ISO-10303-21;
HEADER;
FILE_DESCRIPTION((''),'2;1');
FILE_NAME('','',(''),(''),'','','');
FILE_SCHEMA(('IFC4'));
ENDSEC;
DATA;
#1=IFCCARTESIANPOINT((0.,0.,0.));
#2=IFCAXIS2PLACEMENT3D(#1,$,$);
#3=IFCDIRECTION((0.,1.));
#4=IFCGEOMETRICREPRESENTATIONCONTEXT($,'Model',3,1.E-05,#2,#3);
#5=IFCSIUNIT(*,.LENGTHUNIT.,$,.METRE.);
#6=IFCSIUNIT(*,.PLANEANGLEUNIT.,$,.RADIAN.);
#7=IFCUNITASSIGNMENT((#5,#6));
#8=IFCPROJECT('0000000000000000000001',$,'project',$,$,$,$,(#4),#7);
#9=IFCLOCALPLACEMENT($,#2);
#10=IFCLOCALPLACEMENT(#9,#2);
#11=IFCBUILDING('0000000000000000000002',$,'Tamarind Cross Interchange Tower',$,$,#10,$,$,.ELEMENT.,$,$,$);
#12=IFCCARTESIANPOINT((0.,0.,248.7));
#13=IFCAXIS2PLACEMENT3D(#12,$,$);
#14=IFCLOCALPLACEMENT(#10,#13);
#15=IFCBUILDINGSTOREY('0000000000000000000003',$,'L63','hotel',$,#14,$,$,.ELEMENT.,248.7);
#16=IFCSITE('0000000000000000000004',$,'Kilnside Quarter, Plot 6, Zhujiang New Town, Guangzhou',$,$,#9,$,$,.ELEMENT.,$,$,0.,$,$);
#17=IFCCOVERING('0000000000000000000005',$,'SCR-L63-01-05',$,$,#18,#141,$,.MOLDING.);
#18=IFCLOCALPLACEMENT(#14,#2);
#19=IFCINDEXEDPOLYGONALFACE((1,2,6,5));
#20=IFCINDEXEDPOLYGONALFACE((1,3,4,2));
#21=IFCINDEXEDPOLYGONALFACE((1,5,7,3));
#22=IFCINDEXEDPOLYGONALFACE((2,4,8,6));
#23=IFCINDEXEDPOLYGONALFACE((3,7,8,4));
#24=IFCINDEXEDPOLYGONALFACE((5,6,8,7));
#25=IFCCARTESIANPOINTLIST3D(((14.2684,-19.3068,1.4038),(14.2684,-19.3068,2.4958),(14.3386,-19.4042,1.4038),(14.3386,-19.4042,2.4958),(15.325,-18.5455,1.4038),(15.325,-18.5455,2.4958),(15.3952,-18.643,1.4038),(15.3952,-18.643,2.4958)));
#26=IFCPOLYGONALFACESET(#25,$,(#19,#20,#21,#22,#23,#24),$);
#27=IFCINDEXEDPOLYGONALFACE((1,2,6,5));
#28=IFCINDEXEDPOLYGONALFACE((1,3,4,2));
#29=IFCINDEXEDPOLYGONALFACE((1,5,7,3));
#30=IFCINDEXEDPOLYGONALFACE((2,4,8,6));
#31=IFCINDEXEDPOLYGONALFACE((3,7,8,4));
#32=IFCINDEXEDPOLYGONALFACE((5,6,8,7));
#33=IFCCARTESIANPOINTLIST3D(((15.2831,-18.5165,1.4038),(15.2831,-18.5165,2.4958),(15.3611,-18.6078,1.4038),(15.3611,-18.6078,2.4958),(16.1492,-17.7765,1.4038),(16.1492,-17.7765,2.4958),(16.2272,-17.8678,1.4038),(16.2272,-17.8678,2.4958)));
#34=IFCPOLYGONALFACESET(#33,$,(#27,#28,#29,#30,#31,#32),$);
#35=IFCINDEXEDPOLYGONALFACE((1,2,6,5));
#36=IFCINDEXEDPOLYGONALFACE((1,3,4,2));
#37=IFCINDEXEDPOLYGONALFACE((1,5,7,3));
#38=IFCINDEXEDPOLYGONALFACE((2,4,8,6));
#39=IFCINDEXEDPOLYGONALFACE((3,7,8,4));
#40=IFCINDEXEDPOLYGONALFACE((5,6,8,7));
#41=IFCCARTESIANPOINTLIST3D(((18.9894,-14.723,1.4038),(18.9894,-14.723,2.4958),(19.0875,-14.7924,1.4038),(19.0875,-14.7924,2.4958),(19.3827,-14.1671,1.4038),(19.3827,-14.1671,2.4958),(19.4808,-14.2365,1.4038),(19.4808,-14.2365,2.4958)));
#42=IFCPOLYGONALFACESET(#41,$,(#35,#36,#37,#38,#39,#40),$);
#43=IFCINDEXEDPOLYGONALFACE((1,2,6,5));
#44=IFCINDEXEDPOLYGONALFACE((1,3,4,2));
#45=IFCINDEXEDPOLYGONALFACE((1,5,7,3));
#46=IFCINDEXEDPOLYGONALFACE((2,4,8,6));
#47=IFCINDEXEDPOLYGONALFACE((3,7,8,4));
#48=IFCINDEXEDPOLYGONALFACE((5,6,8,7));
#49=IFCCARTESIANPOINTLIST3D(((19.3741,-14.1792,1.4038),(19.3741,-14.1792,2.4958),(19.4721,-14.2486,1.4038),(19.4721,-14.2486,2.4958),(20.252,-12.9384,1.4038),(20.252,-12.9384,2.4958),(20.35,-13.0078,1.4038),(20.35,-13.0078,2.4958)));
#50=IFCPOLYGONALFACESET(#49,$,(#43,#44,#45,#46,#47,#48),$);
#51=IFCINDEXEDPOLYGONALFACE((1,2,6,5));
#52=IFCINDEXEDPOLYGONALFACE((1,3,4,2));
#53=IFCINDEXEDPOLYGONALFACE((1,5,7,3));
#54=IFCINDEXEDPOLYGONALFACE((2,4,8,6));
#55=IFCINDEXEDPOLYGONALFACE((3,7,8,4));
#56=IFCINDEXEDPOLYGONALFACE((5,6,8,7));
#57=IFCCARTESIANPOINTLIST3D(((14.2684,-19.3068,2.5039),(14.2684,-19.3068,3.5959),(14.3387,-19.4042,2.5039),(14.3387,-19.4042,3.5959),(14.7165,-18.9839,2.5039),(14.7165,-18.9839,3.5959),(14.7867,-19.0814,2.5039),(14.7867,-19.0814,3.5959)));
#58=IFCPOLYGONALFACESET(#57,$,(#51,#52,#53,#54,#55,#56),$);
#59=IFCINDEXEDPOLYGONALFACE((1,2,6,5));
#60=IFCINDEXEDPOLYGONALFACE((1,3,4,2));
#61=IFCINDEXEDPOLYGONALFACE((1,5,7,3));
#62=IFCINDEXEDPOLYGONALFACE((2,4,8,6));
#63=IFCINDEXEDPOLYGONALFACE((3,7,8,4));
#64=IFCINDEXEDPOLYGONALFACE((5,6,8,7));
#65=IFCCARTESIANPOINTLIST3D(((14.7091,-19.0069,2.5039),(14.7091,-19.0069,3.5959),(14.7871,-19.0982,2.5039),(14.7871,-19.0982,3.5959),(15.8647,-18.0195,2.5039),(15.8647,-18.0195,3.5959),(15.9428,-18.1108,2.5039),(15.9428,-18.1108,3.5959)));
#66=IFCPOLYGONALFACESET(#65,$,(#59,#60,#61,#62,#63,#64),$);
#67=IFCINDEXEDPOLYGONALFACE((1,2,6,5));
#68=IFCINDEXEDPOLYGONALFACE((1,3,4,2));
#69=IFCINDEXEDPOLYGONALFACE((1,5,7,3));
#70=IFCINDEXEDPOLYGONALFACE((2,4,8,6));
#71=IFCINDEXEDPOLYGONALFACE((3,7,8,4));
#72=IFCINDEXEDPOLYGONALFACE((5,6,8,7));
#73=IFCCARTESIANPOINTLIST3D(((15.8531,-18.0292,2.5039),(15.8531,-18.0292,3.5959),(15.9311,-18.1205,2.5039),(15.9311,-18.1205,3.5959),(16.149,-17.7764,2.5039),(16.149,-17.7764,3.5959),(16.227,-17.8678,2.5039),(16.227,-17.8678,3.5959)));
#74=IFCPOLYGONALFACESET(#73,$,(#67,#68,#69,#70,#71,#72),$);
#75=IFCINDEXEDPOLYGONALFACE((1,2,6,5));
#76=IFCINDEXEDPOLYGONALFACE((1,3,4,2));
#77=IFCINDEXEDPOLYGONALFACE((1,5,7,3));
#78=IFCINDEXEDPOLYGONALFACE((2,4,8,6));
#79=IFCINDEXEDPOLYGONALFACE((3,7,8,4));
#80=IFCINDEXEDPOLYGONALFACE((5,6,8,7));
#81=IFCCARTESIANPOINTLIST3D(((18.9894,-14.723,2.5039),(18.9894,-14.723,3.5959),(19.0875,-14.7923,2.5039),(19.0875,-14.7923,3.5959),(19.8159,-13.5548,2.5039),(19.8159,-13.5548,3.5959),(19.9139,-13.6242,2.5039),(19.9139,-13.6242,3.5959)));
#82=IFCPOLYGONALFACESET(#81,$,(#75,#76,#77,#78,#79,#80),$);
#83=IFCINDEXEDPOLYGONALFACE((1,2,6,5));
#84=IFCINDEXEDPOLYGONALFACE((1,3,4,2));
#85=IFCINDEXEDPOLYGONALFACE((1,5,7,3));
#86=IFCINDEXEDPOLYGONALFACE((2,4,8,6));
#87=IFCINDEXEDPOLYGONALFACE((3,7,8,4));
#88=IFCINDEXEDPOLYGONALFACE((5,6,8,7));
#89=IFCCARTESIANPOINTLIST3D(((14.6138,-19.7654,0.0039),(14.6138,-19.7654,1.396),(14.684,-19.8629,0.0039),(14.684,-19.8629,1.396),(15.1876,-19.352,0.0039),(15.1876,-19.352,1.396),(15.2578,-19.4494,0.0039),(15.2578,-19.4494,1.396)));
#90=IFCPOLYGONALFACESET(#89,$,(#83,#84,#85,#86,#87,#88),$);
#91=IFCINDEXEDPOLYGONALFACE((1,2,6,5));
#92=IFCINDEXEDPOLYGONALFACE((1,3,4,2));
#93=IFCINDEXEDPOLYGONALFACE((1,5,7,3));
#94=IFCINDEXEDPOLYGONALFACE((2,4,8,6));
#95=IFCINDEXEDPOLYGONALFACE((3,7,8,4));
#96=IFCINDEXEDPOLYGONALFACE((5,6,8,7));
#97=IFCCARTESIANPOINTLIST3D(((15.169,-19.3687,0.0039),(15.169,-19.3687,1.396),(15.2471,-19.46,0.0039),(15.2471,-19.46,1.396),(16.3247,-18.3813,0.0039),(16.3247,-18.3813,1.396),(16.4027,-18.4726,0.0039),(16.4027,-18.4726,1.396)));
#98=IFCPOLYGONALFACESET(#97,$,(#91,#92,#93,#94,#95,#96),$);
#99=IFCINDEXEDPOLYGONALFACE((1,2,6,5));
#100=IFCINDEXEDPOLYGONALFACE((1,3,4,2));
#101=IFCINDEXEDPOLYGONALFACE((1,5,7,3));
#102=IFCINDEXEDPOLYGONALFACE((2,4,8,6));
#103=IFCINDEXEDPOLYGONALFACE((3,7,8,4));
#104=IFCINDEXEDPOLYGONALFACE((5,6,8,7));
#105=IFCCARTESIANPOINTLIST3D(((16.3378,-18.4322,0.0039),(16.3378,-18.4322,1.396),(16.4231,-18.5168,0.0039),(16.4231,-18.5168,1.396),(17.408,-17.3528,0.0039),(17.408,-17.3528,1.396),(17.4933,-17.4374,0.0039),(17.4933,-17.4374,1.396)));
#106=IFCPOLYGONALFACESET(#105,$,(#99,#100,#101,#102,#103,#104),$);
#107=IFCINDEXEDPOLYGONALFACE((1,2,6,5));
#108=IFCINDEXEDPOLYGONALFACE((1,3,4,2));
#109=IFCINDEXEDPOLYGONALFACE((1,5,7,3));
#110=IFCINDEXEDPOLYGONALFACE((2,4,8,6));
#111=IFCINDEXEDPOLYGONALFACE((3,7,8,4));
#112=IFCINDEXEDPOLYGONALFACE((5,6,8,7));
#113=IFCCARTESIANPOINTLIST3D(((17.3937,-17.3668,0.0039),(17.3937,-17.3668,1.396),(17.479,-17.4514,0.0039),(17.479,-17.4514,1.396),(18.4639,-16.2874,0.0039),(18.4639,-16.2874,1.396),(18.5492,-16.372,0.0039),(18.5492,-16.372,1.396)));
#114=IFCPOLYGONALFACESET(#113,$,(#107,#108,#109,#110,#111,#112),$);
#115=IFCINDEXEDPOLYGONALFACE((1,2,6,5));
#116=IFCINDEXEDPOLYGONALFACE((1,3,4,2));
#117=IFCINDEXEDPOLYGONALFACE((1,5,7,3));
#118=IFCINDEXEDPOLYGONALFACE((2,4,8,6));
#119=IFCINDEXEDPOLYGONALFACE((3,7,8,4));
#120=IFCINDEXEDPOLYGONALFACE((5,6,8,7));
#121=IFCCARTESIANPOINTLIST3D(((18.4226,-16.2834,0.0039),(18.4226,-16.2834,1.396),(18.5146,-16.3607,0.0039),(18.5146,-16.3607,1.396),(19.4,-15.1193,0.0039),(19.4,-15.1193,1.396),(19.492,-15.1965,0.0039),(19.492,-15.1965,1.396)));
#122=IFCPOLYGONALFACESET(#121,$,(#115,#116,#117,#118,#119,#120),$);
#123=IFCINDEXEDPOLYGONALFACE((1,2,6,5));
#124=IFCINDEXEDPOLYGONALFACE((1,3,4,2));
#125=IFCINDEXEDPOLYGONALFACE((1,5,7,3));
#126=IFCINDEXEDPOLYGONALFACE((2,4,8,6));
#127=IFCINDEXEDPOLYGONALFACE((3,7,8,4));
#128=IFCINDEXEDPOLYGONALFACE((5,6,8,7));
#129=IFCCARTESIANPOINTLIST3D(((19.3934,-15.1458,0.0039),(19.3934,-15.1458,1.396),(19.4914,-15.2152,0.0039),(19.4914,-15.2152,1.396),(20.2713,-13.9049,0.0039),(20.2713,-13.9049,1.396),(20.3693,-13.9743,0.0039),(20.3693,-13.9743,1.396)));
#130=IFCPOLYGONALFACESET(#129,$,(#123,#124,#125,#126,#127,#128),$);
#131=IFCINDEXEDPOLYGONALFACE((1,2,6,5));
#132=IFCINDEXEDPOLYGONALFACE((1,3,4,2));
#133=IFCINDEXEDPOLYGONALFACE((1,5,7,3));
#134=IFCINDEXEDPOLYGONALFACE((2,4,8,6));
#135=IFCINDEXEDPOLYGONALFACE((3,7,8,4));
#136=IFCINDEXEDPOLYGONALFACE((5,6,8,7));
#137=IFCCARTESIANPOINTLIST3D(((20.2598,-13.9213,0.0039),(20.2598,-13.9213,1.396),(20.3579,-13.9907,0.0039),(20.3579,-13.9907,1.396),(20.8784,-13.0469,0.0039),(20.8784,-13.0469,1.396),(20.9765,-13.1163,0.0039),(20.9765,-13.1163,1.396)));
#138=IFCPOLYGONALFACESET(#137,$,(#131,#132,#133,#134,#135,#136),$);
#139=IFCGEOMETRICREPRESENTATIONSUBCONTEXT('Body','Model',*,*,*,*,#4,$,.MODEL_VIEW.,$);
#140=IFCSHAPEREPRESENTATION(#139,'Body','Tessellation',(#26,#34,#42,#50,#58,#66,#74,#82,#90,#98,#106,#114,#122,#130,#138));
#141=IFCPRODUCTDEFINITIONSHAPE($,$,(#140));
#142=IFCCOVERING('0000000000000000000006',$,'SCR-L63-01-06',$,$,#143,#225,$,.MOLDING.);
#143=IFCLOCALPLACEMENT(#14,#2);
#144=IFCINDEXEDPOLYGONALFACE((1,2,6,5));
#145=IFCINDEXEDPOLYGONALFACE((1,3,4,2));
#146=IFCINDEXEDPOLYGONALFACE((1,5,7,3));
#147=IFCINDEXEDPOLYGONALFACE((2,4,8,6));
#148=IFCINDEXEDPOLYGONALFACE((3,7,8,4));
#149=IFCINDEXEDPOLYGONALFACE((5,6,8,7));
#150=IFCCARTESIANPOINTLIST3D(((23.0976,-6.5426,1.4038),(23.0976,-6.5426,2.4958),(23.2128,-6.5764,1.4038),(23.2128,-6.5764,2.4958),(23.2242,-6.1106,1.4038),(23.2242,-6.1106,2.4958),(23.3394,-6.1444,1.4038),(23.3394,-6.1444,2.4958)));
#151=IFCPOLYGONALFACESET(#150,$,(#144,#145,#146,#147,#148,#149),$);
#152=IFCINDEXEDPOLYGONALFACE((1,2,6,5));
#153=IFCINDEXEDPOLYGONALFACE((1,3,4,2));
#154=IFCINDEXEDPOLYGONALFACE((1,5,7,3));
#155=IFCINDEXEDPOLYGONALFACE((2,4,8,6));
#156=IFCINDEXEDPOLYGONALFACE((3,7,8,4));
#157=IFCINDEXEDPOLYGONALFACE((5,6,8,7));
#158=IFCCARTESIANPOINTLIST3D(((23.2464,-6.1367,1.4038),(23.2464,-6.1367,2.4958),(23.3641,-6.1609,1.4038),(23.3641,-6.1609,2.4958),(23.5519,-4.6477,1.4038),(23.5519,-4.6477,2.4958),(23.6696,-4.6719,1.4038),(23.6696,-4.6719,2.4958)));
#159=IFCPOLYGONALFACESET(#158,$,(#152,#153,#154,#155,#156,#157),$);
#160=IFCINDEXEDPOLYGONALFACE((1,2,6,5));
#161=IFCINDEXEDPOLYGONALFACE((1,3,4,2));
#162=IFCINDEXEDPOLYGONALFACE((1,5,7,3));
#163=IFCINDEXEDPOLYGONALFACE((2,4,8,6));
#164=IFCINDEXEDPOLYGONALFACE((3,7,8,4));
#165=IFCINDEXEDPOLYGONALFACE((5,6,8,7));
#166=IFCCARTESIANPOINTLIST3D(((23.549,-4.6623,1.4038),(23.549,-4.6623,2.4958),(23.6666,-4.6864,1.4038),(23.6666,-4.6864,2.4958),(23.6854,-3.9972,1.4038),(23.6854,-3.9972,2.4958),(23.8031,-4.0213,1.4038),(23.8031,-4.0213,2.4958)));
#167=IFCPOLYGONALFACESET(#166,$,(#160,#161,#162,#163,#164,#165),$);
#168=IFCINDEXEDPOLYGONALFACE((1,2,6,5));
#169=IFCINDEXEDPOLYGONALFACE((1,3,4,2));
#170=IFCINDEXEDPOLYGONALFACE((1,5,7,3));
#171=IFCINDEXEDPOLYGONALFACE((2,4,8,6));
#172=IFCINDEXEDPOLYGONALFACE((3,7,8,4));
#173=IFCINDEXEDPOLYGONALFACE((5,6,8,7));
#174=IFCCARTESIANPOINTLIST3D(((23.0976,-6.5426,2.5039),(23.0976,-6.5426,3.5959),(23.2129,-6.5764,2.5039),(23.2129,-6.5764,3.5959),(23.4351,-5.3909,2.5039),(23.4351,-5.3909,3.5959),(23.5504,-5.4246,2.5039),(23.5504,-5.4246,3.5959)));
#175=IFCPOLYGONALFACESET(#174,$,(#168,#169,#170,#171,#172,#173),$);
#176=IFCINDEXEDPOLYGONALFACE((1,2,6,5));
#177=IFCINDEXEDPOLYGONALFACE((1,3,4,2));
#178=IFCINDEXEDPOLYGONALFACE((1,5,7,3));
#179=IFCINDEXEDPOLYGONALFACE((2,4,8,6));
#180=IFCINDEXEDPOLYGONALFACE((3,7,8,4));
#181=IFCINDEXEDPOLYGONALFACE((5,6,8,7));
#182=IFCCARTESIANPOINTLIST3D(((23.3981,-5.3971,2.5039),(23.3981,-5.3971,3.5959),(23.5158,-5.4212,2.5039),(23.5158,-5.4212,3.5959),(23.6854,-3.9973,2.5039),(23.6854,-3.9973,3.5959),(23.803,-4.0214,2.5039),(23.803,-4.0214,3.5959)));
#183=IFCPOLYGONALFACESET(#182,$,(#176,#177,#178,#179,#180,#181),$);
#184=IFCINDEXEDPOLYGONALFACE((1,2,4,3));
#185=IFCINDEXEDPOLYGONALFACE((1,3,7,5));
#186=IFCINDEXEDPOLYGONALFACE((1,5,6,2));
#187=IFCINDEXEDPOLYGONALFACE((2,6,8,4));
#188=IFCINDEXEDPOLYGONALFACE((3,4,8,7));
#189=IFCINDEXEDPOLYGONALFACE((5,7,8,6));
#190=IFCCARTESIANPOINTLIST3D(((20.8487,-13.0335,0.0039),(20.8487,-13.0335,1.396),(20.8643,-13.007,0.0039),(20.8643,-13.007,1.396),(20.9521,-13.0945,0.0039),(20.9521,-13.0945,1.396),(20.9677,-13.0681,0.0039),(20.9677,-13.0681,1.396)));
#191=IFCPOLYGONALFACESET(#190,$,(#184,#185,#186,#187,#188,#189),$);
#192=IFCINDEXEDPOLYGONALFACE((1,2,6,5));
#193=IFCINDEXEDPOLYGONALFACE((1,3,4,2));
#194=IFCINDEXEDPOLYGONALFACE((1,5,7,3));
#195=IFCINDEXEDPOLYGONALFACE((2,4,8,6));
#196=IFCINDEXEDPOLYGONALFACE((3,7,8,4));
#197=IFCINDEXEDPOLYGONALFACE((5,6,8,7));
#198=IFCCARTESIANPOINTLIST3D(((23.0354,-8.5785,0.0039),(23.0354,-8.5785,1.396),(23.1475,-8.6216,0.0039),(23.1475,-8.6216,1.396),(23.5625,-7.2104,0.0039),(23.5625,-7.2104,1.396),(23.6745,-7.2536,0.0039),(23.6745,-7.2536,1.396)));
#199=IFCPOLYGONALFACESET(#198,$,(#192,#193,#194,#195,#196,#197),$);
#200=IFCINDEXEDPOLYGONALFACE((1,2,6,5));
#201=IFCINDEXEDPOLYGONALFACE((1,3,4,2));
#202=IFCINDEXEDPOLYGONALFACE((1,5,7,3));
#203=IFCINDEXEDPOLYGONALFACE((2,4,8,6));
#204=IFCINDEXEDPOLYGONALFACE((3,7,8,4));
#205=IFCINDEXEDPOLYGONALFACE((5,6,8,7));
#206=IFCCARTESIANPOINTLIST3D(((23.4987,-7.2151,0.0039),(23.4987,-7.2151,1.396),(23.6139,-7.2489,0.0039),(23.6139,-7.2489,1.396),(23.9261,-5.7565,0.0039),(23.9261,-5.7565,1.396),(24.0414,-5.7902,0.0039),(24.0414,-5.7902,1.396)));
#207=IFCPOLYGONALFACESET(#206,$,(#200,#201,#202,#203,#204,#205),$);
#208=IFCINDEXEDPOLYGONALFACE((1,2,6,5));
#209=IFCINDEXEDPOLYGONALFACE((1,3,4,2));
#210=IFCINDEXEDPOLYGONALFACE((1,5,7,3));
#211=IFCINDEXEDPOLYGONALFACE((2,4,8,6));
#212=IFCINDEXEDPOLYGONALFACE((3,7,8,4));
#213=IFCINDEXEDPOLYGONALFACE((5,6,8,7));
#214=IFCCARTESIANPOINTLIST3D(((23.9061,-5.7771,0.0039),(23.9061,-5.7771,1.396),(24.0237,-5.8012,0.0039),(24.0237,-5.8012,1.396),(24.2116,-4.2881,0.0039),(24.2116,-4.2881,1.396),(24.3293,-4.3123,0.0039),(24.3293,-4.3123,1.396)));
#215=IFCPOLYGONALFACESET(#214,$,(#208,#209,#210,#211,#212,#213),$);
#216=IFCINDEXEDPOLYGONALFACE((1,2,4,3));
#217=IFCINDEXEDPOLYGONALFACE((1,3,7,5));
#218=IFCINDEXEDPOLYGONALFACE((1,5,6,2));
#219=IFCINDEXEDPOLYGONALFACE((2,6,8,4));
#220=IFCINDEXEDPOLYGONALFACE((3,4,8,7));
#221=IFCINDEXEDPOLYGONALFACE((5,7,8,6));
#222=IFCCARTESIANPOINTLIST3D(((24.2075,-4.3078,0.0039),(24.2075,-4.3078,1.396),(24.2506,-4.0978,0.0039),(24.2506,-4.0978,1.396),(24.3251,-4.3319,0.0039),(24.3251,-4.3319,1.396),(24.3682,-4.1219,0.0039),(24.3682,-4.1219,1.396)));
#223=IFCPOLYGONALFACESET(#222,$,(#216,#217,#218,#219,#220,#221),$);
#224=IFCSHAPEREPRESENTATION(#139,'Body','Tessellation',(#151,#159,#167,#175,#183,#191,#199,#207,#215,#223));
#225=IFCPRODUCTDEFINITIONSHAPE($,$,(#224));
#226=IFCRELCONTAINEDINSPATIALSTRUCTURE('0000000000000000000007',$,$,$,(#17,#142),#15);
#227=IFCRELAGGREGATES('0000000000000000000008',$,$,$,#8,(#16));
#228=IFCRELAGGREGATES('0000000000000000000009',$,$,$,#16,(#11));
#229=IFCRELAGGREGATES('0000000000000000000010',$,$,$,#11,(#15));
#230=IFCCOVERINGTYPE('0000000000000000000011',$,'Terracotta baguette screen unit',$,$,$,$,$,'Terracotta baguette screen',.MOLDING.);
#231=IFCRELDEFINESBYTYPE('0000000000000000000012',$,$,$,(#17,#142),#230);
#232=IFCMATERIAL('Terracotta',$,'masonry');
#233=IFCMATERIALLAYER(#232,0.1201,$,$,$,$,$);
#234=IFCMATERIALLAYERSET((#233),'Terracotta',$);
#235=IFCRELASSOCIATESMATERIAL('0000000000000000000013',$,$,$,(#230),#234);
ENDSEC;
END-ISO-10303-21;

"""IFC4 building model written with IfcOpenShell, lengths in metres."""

from ifc_helpers import new_model, si_unit, direction, frame, origin, origin_2d, place, context, subcontext, project, spatial, rectangle, extrude, material, layer, layer_set, type_object, element, save


model = new_model("IFC4")

# Units and contexts
model_context = context("Model", 3, precision=1e-05, world=origin(), true_north=direction((0.0, 1.0)))
body_context = subcontext(model_context, "Body", "Model", "MODEL_VIEW")
ifc_project = project(units=[si_unit("LENGTHUNIT", "METRE"), si_unit("PLANEANGLEUNIT", "RADIAN")], contexts=[model_context])

# Site, building, storey
site_placement = place(None, origin())
site = spatial("IfcSite", under=ifc_project, at=site_placement, Name="Kilnside Quarter, Plot 6, Zhujiang New Town, Guangzhou", CompositionType="ELEMENT", RefElevation=0.0)
building_placement = place(site_placement, origin())
building = spatial("IfcBuilding", under=site, at=building_placement, Name="Tamarind Cross Interchange Tower", CompositionType="ELEMENT")
storey_placement = place(building_placement, frame((0.0, 0.0, 248.7)))
storey = spatial("IfcBuildingStorey", under=building, at=storey_placement, Name="L63", Description="hotel", CompositionType="ELEMENT", Elevation=248.7)

# Coverings
ifc_material_1 = material(Name="Terracotta", Category="masonry")
ifc_layer_1 = layer(ifc_material_1, 0.1201)
ifc_layer_set_1 = layer_set([ifc_layer_1], Name="Terracotta")
covering_type = type_object("IfcCoveringType", Name="Terracotta baguette screen unit", ElementType="Terracotta baguette screen", PredefinedType="MOLDING", material=ifc_layer_set_1)
covering_1_placement = place(storey_placement, origin())
element("IfcCovering", 1, at=covering_1_placement, inside=storey, type_object=covering_type, Name="SCR-L63-01-05", PredefinedType="MOLDING", context=body_context, shape_type="SweptSolid", body=[
    extrude(rectangle(XDim=1.3022, YDim=0.1201, at=origin_2d()), frame((14.8318, -18.9749, 1.4038), z_axis=(0.0, 0.0, 1.0), x_axis=(0.81134, 0.584574, 0.0)), (0.0, 0.0, 1.0), 1.092),
    extrude(rectangle(XDim=1.1392, YDim=0.1201, at=origin_2d()), frame((15.7551, -18.1921, 1.4038), z_axis=(0.0, 0.0, 1.0), x_axis=(0.760296, 0.649577, 0.0)), (0.0, 0.0, 1.0), 1.092),
    extrude(rectangle(XDim=0.6809, YDim=0.1201, at=origin_2d()), frame((19.2351, -14.4797, 1.4038), z_axis=(0.0, 0.0, 1.0), x_axis=(0.577569, 0.816342, 0.0)), (0.0, 0.0, 1.0), 1.092),
    extrude(rectangle(XDim=1.52, YDim=0.1201, at=origin_2d()), frame((19.8621, -13.5935, 1.4038), z_axis=(0.0, 0.0, 1.0), x_axis=(0.577569, 0.816342, 0.0)), (0.0, 0.0, 1.0), 1.092),
    extrude(rectangle(XDim=0.5522, YDim=0.1201, at=origin_2d()), frame((14.5276, -19.1941, 2.5039), z_axis=(0.0, 0.0, 1.0), x_axis=(0.81134, 0.584574, 0.0)), (0.0, 0.0, 1.0), 1.092),
    extrude(rectangle(XDim=1.52, YDim=0.1201, at=origin_2d()), frame((15.3259, -18.5588, 2.5039), z_axis=(0.0, 0.0, 1.0), x_axis=(0.760296, 0.649577, 0.0)), (0.0, 0.0, 1.0), 1.092),
    extrude(rectangle(XDim=0.3892, YDim=0.1201, at=origin_2d()), frame((16.04, -17.9485, 2.5039), z_axis=(0.0, 0.0, 1.0), x_axis=(0.760296, 0.649577, 0.0)), (0.0, 0.0, 1.0), 1.092),
    extrude(rectangle(XDim=1.4309, YDim=0.1201, at=origin_2d()), frame((19.4517, -14.1736, 2.5039), z_axis=(0.0, 0.0, 1.0), x_axis=(0.577569, 0.816342, 0.0)), (0.0, 0.0, 1.0), 1.092),
    extrude(rectangle(XDim=0.7073, YDim=0.1201, at=origin_2d()), frame((14.9358, -19.6074, 0.0039), z_axis=(0.0, 0.0, 1.0), x_axis=(0.81134, 0.584574, 0.0)), (0.0, 0.0, 1.0), 1.3921),
    extrude(rectangle(XDim=1.52, YDim=0.1201, at=origin_2d()), frame((15.7859, -18.9207, 0.0039), z_axis=(0.0, 0.0, 1.0), x_axis=(0.760296, 0.649577, 0.0)), (0.0, 0.0, 1.0), 1.3921),
    extrude(rectangle(XDim=1.52, YDim=0.1201, at=origin_2d()), frame((16.9155, -17.9348, 0.0039), z_axis=(0.0, 0.0, 1.0), x_axis=(0.704057, 0.710143, 0.0)), (0.0, 0.0, 1.0), 1.3921),
    extrude(rectangle(XDim=1.52, YDim=0.1201, at=origin_2d()), frame((17.9714, -16.8694, 0.0039), z_axis=(0.0, 0.0, 1.0), x_axis=(0.704057, 0.710143, 0.0)), (0.0, 0.0, 1.0), 1.3921),
    extrude(rectangle(XDim=1.52, YDim=0.1201, at=origin_2d()), frame((18.9573, -15.74, 0.0039), z_axis=(0.0, 0.0, 1.0), x_axis=(0.643009, 0.765858, 0.0)), (0.0, 0.0, 1.0), 1.3921),
    extrude(rectangle(XDim=1.52, YDim=0.1201, at=origin_2d()), frame((19.8813, -14.5601, 0.0039), z_axis=(0.0, 0.0, 1.0), x_axis=(0.577569, 0.816342, 0.0)), (0.0, 0.0, 1.0), 1.3921),
    extrude(rectangle(XDim=1.071, YDim=0.1201, at=origin_2d()), frame((20.6182, -13.5188, 0.0039), z_axis=(0.0, 0.0, 1.0), x_axis=(0.577569, 0.816342, 0.0)), (0.0, 0.0, 1.0), 1.3921),
])
covering_2_placement = place(storey_placement, origin())
element("IfcCovering", 2, at=covering_2_placement, inside=storey, type_object=covering_type, Name="SCR-L63-01-06", PredefinedType="MOLDING", context=body_context, shape_type="SweptSolid", body=[
    extrude(rectangle(XDim=0.4502, YDim=0.1201, at=origin_2d()), frame((23.2185, -6.3435, 1.4038), z_axis=(0.0, 0.0, 1.0), x_axis=(0.281209, 0.959647, 0.0)), (0.0, 0.0, 1.0), 1.092),
    extrude(rectangle(XDim=1.52, YDim=0.1201, at=origin_2d()), frame((23.458, -5.4043, 1.4038), z_axis=(0.0, 0.0, 1.0), x_axis=(0.201001, 0.979591, 0.0)), (0.0, 0.0, 1.0), 1.092),
    extrude(rectangle(XDim=0.679, YDim=0.1201, at=origin_2d()), frame((23.676, -4.3418, 1.4038), z_axis=(0.0, 0.0, 1.0), x_axis=(0.201001, 0.979591, 0.0)), (0.0, 0.0, 1.0), 1.092),
    extrude(rectangle(XDim=1.2002, YDim=0.1201, at=origin_2d()), frame((23.324, -5.9836, 2.5039), z_axis=(0.0, 0.0, 1.0), x_axis=(0.281209, 0.959647, 0.0)), (0.0, 0.0, 1.0), 1.092),
    extrude(rectangle(XDim=1.429, YDim=0.1201, at=origin_2d()), frame((23.6006, -4.7092, 2.5039), z_axis=(0.0, 0.0, 1.0), x_axis=(0.201001, 0.979591, 0.0)), (0.0, 0.0, 1.0), 1.092),
    extrude(rectangle(XDim=0.0308, YDim=0.1201, at=origin_2d()), frame((20.9082, -13.0508, 0.0039), z_axis=(0.0, 0.0, 1.0), x_axis=(0.508183, 0.861249, 0.0)), (0.0, 0.0, 1.0), 1.3921),
    extrude(rectangle(XDim=1.4661, YDim=0.1201, at=origin_2d()), frame((23.355, -7.916, 0.0039), z_axis=(0.0, 0.0, 1.0), x_axis=(0.359495, 0.933147, 0.0)), (0.0, 0.0, 1.0), 1.3921),
    extrude(rectangle(XDim=1.52, YDim=0.1201, at=origin_2d()), frame((23.77, -6.5027, 0.0039), z_axis=(0.0, 0.0, 1.0), x_axis=(0.281209, 0.959647, 0.0)), (0.0, 0.0, 1.0), 1.3921),
    extrude(rectangle(XDim=1.52, YDim=0.1201, at=origin_2d()), frame((24.1177, -5.0447, 0.0039), z_axis=(0.0, 0.0, 1.0), x_axis=(0.201001, 0.979591, 0.0)), (0.0, 0.0, 1.0), 1.3921),
    extrude(rectangle(XDim=0.2144, YDim=0.1201, at=origin_2d()), frame((24.2878, -4.2148, 0.0039), z_axis=(0.0, 0.0, 1.0), x_axis=(0.201001, 0.979591, 0.0)), (0.0, 0.0, 1.0), 1.3921),
])

save(model, "model.ifc")
